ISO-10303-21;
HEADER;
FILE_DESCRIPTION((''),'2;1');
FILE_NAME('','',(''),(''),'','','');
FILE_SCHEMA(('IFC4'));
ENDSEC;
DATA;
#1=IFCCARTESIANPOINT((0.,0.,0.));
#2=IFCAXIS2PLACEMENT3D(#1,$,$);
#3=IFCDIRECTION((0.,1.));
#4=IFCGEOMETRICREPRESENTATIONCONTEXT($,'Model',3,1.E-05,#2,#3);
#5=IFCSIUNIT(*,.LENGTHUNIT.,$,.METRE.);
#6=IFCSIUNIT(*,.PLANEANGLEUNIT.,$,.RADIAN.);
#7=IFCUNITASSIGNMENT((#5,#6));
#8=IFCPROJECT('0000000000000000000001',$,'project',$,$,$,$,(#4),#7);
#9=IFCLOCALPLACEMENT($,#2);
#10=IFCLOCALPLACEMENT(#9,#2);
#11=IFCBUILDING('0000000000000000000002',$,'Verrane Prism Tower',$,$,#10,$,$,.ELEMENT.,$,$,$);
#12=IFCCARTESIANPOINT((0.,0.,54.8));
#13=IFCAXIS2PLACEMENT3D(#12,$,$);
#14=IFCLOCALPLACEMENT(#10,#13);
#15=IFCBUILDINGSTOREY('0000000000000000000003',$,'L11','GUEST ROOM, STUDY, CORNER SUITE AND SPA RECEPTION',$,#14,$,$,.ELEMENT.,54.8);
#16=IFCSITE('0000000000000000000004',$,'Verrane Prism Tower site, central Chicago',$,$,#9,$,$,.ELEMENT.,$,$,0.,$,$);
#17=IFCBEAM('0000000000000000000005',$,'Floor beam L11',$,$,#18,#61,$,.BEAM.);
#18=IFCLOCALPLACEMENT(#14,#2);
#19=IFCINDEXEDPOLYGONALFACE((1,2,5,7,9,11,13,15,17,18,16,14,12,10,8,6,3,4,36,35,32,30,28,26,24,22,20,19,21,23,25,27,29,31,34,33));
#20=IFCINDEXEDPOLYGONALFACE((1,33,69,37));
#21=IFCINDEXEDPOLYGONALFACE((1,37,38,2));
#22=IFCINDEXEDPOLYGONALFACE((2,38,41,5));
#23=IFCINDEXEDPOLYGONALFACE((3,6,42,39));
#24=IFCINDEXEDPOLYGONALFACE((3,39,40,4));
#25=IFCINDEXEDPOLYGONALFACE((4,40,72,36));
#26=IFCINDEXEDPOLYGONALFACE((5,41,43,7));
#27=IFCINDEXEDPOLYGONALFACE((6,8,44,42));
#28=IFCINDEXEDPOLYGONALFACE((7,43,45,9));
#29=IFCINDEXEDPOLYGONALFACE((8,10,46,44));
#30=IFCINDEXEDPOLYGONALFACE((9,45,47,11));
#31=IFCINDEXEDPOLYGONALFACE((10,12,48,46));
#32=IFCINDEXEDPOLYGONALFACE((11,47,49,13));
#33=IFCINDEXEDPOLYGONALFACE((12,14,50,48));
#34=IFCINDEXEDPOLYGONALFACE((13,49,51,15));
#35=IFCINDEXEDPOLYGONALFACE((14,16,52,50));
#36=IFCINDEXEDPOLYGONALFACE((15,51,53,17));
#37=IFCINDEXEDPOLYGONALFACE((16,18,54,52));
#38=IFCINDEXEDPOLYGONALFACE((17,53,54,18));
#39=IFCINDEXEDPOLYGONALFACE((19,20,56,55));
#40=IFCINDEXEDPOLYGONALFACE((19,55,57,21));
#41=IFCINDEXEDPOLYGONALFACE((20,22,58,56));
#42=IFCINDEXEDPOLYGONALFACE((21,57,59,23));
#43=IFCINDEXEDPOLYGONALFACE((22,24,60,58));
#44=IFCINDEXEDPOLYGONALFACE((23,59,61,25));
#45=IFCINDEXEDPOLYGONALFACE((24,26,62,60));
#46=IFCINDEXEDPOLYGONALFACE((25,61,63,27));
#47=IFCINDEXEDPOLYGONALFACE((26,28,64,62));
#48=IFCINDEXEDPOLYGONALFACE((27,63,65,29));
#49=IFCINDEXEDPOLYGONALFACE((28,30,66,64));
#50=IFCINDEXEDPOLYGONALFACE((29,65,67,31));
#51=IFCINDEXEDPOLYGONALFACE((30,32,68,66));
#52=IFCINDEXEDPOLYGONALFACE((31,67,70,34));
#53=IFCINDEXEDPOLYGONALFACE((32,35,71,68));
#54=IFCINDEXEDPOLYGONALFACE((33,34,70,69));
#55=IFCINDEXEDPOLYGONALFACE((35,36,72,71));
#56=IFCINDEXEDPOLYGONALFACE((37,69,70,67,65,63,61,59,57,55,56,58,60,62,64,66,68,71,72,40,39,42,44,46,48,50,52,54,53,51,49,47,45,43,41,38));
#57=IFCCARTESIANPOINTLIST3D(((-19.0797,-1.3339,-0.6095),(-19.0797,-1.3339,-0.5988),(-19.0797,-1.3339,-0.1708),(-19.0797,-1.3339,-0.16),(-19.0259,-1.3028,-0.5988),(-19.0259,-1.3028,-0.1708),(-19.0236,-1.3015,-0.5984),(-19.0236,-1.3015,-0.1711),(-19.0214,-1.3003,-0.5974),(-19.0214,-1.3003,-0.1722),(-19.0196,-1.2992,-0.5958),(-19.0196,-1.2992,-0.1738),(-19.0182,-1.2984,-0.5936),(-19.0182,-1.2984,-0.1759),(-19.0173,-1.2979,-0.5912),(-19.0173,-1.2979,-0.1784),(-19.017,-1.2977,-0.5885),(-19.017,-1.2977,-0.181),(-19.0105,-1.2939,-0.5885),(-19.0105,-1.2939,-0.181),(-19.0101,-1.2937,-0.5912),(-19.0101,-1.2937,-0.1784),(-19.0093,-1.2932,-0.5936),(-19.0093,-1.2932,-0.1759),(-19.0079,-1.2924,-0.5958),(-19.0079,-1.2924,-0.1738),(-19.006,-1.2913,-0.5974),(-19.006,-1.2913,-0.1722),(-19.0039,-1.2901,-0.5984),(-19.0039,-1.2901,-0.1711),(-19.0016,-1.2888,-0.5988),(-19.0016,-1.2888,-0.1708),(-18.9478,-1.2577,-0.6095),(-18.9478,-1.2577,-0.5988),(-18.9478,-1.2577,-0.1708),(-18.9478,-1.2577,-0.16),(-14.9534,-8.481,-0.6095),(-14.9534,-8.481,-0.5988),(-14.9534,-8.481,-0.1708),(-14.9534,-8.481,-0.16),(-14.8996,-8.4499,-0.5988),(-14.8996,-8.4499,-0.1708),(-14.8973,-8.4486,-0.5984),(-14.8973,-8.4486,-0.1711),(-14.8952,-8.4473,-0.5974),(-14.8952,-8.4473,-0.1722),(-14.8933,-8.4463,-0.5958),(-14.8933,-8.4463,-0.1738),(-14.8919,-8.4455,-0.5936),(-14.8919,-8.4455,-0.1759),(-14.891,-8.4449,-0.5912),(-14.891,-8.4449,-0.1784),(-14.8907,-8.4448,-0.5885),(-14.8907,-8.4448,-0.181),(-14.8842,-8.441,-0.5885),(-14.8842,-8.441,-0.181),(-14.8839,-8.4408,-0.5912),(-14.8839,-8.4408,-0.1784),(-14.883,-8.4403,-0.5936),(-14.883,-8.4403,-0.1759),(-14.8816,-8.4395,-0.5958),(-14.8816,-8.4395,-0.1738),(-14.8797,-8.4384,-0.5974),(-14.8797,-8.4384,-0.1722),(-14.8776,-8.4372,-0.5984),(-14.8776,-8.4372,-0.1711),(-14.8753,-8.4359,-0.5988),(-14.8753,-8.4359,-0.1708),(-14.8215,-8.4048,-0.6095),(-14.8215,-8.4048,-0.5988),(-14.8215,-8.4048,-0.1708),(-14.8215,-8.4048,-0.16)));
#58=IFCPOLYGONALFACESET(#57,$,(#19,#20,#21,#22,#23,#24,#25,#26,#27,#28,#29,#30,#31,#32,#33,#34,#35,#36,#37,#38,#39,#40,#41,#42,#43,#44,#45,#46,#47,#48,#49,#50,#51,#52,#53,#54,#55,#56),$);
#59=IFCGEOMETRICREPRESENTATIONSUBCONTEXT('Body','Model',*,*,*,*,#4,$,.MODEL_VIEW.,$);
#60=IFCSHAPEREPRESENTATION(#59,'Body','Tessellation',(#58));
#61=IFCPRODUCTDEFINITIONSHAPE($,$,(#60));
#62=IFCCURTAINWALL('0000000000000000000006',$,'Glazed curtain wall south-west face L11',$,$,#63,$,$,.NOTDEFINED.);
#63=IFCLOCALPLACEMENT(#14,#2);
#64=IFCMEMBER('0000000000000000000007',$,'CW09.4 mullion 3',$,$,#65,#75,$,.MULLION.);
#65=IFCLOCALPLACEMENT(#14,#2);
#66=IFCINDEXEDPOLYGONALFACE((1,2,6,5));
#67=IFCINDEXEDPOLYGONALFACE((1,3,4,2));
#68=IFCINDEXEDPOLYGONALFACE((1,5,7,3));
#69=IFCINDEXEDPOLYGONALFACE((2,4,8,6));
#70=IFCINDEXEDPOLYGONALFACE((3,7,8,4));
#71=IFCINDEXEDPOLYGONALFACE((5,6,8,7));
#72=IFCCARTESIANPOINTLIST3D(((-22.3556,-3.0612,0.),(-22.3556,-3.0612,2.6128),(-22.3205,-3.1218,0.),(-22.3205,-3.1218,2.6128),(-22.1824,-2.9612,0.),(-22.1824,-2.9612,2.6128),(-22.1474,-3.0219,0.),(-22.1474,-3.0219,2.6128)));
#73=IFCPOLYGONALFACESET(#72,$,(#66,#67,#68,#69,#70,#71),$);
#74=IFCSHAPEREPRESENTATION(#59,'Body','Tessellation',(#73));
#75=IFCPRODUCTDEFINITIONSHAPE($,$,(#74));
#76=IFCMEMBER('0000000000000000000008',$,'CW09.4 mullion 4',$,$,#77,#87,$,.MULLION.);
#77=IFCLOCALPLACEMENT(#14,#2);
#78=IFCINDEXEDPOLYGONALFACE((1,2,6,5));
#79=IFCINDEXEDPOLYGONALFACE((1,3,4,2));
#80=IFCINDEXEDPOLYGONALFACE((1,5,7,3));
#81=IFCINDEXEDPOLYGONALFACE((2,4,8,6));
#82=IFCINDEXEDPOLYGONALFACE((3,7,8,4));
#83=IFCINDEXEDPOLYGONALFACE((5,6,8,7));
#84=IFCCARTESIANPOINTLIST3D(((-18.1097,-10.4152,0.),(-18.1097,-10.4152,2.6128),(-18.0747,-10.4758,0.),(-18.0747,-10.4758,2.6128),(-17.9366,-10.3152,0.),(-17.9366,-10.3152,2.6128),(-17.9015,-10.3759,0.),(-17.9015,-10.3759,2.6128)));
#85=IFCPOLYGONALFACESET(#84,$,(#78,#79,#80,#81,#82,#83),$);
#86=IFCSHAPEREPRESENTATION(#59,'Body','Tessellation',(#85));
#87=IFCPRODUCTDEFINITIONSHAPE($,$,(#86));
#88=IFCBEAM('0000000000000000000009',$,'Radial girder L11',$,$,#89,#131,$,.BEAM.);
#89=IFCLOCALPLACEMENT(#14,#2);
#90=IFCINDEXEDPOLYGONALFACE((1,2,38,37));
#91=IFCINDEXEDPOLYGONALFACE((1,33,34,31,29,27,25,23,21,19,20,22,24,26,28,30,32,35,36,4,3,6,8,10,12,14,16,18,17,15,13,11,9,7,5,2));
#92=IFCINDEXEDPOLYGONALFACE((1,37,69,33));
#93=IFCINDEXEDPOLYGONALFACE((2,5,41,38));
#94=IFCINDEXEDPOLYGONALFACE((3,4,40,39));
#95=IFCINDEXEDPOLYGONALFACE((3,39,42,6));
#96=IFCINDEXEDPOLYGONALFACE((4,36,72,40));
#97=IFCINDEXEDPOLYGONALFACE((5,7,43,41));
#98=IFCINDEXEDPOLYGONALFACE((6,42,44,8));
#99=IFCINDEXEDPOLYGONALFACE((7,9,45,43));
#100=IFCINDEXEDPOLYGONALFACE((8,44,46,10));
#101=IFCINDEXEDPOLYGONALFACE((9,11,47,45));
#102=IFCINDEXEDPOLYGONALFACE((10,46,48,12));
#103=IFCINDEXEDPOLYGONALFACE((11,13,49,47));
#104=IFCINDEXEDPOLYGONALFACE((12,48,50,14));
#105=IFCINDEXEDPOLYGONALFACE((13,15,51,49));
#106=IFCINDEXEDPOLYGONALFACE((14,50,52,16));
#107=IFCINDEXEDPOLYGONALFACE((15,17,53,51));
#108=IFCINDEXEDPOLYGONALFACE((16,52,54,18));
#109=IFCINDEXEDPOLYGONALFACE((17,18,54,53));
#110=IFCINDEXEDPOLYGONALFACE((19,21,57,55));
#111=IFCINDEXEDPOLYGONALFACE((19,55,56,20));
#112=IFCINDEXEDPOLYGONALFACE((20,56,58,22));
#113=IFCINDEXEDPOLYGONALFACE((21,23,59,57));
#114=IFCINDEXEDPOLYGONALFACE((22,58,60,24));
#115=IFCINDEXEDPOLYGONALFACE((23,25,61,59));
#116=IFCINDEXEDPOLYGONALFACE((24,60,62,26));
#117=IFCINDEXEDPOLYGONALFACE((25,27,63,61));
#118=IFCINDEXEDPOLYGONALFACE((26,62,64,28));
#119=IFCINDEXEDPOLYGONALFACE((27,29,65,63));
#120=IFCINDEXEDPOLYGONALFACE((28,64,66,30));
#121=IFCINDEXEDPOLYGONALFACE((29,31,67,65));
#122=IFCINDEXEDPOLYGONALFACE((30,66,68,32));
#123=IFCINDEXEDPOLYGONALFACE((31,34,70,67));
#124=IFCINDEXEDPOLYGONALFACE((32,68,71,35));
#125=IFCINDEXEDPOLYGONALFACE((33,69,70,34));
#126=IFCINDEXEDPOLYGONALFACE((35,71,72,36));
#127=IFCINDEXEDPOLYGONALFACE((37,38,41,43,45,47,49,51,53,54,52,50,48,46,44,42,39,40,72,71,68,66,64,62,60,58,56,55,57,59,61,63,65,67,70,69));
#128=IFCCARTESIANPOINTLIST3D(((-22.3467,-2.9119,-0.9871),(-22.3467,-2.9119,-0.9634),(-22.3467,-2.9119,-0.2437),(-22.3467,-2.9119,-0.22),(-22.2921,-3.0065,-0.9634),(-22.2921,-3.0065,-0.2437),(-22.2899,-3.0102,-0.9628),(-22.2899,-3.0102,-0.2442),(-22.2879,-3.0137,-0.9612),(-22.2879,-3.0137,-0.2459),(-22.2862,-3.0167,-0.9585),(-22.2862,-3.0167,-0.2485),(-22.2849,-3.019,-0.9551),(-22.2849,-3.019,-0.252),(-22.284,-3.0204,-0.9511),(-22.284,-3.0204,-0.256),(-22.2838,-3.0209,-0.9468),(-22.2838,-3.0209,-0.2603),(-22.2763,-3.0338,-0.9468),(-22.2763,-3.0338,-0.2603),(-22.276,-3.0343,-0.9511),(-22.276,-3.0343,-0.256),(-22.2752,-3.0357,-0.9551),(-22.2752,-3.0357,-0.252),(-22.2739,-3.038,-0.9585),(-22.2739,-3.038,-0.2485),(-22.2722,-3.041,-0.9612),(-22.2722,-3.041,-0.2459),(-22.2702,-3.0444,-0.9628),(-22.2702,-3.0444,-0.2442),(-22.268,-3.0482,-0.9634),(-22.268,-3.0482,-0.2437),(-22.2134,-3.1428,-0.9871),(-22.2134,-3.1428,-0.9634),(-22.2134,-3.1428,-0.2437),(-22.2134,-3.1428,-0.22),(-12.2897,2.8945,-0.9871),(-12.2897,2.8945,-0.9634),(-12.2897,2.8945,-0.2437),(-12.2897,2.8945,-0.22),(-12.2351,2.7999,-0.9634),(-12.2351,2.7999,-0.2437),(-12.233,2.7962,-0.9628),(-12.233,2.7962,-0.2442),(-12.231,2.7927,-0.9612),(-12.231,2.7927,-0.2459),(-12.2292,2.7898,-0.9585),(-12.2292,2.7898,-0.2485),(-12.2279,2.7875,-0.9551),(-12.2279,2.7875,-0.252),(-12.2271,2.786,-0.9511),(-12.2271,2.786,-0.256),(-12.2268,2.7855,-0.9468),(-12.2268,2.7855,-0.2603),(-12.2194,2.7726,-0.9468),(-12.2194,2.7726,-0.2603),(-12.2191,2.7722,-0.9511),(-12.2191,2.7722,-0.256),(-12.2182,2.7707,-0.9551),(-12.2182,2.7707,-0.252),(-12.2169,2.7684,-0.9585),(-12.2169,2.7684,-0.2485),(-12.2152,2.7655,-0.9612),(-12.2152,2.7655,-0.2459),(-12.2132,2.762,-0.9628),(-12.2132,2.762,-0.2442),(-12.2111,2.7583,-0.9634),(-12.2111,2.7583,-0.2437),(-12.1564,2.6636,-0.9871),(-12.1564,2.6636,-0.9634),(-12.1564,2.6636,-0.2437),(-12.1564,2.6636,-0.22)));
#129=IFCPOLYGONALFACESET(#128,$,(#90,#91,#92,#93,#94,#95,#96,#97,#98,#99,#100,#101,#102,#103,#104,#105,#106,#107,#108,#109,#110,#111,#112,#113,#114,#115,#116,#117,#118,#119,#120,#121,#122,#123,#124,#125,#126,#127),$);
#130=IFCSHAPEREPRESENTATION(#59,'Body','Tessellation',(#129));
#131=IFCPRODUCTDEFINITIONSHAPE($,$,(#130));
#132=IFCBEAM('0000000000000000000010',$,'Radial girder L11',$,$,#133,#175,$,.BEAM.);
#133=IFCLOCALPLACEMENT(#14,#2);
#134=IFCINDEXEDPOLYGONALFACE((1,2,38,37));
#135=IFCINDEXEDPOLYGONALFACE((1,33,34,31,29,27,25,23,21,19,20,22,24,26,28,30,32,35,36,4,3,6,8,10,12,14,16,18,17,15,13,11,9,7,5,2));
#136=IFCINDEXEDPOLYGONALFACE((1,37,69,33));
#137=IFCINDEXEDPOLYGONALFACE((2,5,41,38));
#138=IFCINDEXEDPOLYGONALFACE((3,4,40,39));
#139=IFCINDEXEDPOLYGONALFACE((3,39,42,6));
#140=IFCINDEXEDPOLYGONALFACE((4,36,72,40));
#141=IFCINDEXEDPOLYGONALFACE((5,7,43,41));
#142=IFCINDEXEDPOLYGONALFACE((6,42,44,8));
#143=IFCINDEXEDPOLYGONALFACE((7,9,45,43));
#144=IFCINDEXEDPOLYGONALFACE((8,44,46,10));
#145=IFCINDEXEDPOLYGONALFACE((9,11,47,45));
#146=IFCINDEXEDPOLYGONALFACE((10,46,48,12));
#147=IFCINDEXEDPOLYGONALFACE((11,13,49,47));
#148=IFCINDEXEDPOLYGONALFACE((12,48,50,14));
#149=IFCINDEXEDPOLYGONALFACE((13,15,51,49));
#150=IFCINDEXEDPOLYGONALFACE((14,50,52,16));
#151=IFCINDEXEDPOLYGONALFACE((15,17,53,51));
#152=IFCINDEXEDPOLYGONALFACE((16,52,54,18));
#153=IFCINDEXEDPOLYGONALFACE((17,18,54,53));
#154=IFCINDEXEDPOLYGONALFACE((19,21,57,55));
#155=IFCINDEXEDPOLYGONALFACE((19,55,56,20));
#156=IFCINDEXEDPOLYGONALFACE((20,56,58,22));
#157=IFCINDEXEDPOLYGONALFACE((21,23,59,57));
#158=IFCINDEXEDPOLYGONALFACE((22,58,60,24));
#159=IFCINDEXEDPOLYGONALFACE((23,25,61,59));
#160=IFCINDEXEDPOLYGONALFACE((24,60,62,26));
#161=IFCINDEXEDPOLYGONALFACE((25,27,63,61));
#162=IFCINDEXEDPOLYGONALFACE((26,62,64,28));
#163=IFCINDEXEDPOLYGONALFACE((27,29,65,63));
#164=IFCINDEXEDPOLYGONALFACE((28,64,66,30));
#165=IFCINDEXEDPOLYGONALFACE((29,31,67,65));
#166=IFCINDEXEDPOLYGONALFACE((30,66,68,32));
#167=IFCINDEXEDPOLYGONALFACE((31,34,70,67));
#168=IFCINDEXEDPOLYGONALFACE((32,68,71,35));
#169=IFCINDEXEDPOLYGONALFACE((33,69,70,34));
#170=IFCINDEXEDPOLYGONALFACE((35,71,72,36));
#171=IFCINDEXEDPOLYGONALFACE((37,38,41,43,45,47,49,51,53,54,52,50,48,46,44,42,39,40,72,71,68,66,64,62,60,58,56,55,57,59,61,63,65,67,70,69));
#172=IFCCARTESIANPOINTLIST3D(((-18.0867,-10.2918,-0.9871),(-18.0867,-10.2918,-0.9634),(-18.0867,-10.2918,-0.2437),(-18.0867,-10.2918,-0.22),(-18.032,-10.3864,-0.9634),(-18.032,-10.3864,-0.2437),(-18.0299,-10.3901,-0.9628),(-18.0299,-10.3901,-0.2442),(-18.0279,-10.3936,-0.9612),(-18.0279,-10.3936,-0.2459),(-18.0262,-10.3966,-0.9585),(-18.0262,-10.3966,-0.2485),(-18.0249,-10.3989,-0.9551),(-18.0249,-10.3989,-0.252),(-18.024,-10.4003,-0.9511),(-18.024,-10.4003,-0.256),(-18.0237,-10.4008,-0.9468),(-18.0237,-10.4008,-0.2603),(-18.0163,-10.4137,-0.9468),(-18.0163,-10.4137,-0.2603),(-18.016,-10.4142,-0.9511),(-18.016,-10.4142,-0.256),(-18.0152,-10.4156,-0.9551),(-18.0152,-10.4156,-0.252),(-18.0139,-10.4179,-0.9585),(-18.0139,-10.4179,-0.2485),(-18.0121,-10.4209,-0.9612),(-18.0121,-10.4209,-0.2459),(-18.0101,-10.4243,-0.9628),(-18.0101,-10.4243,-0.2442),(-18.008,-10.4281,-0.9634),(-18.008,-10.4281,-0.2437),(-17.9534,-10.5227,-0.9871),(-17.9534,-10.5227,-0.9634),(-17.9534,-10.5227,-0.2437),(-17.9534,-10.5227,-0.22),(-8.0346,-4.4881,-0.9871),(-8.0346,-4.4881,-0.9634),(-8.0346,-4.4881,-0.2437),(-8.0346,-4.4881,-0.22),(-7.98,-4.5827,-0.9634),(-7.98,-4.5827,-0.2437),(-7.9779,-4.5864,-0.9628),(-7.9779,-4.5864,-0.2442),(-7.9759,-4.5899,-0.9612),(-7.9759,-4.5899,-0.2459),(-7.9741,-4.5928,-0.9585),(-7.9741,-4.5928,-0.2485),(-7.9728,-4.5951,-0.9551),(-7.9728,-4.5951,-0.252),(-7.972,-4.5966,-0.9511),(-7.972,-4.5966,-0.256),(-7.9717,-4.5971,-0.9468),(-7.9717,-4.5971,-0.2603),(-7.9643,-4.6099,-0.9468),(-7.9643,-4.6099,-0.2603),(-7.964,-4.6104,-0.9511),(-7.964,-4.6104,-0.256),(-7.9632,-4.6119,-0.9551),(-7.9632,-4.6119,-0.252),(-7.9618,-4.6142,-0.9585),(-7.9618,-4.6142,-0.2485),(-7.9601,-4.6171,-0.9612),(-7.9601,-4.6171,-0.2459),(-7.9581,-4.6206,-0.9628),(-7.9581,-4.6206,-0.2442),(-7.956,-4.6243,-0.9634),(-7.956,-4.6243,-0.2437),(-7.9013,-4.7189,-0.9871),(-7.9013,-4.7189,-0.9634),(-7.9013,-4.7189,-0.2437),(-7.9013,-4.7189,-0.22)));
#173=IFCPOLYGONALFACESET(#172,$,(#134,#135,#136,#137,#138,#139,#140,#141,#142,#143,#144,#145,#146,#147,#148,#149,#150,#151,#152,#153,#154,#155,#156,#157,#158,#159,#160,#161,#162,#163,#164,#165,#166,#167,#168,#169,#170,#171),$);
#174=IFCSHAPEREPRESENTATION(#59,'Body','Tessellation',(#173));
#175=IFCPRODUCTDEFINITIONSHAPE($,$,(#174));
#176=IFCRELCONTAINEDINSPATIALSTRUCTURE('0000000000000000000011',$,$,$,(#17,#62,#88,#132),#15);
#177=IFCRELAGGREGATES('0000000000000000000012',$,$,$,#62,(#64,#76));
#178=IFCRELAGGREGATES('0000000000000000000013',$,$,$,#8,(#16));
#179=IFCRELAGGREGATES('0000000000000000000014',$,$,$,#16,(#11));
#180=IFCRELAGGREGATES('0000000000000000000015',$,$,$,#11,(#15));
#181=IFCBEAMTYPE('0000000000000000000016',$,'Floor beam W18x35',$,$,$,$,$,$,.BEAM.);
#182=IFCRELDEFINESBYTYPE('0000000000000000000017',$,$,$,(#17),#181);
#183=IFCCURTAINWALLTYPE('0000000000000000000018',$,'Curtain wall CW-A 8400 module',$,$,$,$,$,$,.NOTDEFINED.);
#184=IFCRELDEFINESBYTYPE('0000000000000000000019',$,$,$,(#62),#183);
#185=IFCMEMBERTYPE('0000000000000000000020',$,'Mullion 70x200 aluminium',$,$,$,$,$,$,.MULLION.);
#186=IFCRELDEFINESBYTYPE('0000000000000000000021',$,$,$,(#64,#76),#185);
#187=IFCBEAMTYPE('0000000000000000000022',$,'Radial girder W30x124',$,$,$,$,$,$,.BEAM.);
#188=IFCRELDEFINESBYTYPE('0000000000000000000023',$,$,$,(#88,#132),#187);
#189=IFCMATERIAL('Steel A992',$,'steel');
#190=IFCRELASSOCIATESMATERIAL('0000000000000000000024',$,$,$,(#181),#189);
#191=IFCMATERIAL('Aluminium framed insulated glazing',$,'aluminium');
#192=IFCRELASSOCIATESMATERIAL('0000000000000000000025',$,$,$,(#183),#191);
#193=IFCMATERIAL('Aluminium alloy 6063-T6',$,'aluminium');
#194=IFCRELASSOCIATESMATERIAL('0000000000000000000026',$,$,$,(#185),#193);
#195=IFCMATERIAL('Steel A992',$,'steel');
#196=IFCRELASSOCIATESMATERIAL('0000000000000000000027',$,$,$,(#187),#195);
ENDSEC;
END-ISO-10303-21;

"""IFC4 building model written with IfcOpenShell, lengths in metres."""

from ifc_helpers import new_model, si_unit, direction, frame, origin, origin_2d, place, context, subcontext, project, spatial, rectangle, i_section, extrude, material, material_profile, profile_set, type_object, element, aggregate, save


model = new_model("IFC4")

# Units and contexts
model_context = context("Model", 3, precision=1e-05, world=origin(), true_north=direction((0.0, 1.0)))
body_context = subcontext(model_context, "Body", "Model", "MODEL_VIEW")
ifc_project = project(units=[si_unit("LENGTHUNIT", "METRE"), si_unit("PLANEANGLEUNIT", "RADIAN")], contexts=[model_context])

# Site, building, storey
site_placement = place(None, origin())
site = spatial("IfcSite", under=ifc_project, at=site_placement, Name="Verrane Prism Tower site, central Chicago", CompositionType="ELEMENT", RefElevation=0.0)
building_placement = place(site_placement, origin())
building = spatial("IfcBuilding", under=site, at=building_placement, Name="Verrane Prism Tower", CompositionType="ELEMENT")
storey_placement = place(building_placement, frame((0.0, 0.0, 54.8)))
storey = spatial("IfcBuildingStorey", under=building, at=storey_placement, Name="L11", Description="GUEST ROOM, STUDY, CORNER SUITE AND SPA RECEPTION", CompositionType="ELEMENT", Elevation=54.8)

# Beam
ifc_material_1 = material(Name="Steel A992", Category="steel")
ifc_material_profile_1 = material_profile(ifc_material_1, i_section(OverallWidth=0.1523, OverallDepth=0.4495, WebThickness=0.0076, FlangeThickness=0.0107, FilletRadius=0.0103, at=origin_2d()), Name="W18x35")
ifc_profile_set_1 = profile_set([ifc_material_profile_1], Name="Steel A992")
beam_type_1 = type_object("IfcBeamType", Name="Floor beam W18x35", PredefinedType="BEAM", material=ifc_profile_set_1)
beam_1_placement = place(storey_placement, frame((-14.8875, -8.4429, -0.3848), z_axis=(-0.499992, 0.86603, 0.0), x_axis=(-0.86603, -0.499992, 0.0)))
element("IfcBeam", 1, at=beam_1_placement, inside=storey, type_object=beam_type_1, Name="Floor beam L11", PredefinedType="BEAM", context=body_context, shape_type="SweptSolid", body=[
    extrude(i_section(OverallWidth=0.1523, OverallDepth=0.4495, WebThickness=0.0076, FlangeThickness=0.0107, FilletRadius=0.0103, at=origin_2d()), origin(), (0.0, 0.0, 1.0), 8.2527),
])

# Curtain wall, members
ifc_material_2 = material(Name="Aluminium framed insulated glazing", Category="aluminium")
curtain_wall_type = type_object("IfcCurtainWallType", Name="Curtain wall CW-A 8400 module", PredefinedType="NOTDEFINED", material=ifc_material_2)
curtain_wall_placement = place(storey_placement, origin())
curtain_wall = element("IfcCurtainWall", 2, at=curtain_wall_placement, inside=storey, type_object=curtain_wall_type, Name="Glazed curtain wall south-west face L11", PredefinedType="NOTDEFINED")
ifc_material_3 = material(Name="Aluminium alloy 6063-T6", Category="aluminium")
ifc_material_profile_2 = material_profile(ifc_material_3, rectangle(XDim=0.2, YDim=0.0701, at=origin_2d()), Name="Mullion 70x200 aluminium")
ifc_profile_set_2 = profile_set([ifc_material_profile_2], Name="Aluminium alloy 6063-T6")
member_type_1 = type_object("IfcMemberType", Name="Mullion 70x200 aluminium", PredefinedType="MULLION", material=ifc_profile_set_2)
member_1_placement = place(storey_placement, frame((-22.2515, -3.0415, 0.0), z_axis=(0.0, 0.0, 1.0), x_axis=(0.866026, 0.499999, 0.0)))
member_1 = element("IfcMember", 3, at=member_1_placement, type_object=member_type_1, Name="CW09.4 mullion 3", PredefinedType="MULLION", context=body_context, shape_type="SweptSolid", body=[
    extrude(rectangle(XDim=0.2, YDim=0.0701, at=origin_2d()), origin(), (0.0, 0.0, 1.0), 2.6128),
])
member_2_placement = place(storey_placement, frame((-18.0056, -10.3955, 0.0), z_axis=(0.0, 0.0, 1.0), x_axis=(0.866026, 0.499999, 0.0)))
member_2 = element("IfcMember", 4, at=member_2_placement, type_object=member_type_1, Name="CW09.4 mullion 4", PredefinedType="MULLION", context=body_context, shape_type="SweptSolid", body=[
    extrude(rectangle(XDim=0.2, YDim=0.0701, at=origin_2d()), origin(), (0.0, 0.0, 1.0), 2.6128),
])

# Beams
ifc_material_4 = material(Name="Steel A992", Category="steel")
ifc_material_profile_3 = material_profile(ifc_material_4, i_section(OverallWidth=0.2666, OverallDepth=0.7671, WebThickness=0.0149, FlangeThickness=0.0237, FilletRadius=0.0166, at=origin_2d()), Name="W30x124")
ifc_profile_set_3 = profile_set([ifc_material_profile_3], Name="Steel A992")
beam_type_2 = type_object("IfcBeamType", Name="Radial girder W30x124", PredefinedType="BEAM", material=ifc_profile_set_3)
beam_2_placement = place(storey_placement, frame((-22.28, -3.0273, -0.6035), z_axis=(0.866023, 0.500003, 0.0), x_axis=(-0.500003, 0.866023, 0.0)))
element("IfcBeam", 5, at=beam_2_placement, inside=storey, type_object=beam_type_2, Name="Radial girder L11", PredefinedType="BEAM", context=body_context, shape_type="SweptSolid", body=[
    extrude(i_section(OverallWidth=0.2666, OverallDepth=0.7671, WebThickness=0.0149, FlangeThickness=0.0237, FilletRadius=0.0166, at=origin_2d()), origin(), (0.0, 0.0, 1.0), 11.6128),
])
beam_3_placement = place(storey_placement, frame((-18.02, -10.4072, -0.6035), z_axis=(0.866019, 0.500012, 0.0), x_axis=(-0.500012, 0.866019, 0.0)))
element("IfcBeam", 6, at=beam_3_placement, inside=storey, type_object=beam_type_2, Name="Radial girder L11", PredefinedType="BEAM", context=body_context, shape_type="SweptSolid", body=[
    extrude(i_section(OverallWidth=0.2666, OverallDepth=0.7671, WebThickness=0.0149, FlangeThickness=0.0237, FilletRadius=0.0166, at=origin_2d()), origin(), (0.0, 0.0, 1.0), 11.6072),
])

aggregate(curtain_wall, [member_1, member_2])

save(model, "model.ifc")
